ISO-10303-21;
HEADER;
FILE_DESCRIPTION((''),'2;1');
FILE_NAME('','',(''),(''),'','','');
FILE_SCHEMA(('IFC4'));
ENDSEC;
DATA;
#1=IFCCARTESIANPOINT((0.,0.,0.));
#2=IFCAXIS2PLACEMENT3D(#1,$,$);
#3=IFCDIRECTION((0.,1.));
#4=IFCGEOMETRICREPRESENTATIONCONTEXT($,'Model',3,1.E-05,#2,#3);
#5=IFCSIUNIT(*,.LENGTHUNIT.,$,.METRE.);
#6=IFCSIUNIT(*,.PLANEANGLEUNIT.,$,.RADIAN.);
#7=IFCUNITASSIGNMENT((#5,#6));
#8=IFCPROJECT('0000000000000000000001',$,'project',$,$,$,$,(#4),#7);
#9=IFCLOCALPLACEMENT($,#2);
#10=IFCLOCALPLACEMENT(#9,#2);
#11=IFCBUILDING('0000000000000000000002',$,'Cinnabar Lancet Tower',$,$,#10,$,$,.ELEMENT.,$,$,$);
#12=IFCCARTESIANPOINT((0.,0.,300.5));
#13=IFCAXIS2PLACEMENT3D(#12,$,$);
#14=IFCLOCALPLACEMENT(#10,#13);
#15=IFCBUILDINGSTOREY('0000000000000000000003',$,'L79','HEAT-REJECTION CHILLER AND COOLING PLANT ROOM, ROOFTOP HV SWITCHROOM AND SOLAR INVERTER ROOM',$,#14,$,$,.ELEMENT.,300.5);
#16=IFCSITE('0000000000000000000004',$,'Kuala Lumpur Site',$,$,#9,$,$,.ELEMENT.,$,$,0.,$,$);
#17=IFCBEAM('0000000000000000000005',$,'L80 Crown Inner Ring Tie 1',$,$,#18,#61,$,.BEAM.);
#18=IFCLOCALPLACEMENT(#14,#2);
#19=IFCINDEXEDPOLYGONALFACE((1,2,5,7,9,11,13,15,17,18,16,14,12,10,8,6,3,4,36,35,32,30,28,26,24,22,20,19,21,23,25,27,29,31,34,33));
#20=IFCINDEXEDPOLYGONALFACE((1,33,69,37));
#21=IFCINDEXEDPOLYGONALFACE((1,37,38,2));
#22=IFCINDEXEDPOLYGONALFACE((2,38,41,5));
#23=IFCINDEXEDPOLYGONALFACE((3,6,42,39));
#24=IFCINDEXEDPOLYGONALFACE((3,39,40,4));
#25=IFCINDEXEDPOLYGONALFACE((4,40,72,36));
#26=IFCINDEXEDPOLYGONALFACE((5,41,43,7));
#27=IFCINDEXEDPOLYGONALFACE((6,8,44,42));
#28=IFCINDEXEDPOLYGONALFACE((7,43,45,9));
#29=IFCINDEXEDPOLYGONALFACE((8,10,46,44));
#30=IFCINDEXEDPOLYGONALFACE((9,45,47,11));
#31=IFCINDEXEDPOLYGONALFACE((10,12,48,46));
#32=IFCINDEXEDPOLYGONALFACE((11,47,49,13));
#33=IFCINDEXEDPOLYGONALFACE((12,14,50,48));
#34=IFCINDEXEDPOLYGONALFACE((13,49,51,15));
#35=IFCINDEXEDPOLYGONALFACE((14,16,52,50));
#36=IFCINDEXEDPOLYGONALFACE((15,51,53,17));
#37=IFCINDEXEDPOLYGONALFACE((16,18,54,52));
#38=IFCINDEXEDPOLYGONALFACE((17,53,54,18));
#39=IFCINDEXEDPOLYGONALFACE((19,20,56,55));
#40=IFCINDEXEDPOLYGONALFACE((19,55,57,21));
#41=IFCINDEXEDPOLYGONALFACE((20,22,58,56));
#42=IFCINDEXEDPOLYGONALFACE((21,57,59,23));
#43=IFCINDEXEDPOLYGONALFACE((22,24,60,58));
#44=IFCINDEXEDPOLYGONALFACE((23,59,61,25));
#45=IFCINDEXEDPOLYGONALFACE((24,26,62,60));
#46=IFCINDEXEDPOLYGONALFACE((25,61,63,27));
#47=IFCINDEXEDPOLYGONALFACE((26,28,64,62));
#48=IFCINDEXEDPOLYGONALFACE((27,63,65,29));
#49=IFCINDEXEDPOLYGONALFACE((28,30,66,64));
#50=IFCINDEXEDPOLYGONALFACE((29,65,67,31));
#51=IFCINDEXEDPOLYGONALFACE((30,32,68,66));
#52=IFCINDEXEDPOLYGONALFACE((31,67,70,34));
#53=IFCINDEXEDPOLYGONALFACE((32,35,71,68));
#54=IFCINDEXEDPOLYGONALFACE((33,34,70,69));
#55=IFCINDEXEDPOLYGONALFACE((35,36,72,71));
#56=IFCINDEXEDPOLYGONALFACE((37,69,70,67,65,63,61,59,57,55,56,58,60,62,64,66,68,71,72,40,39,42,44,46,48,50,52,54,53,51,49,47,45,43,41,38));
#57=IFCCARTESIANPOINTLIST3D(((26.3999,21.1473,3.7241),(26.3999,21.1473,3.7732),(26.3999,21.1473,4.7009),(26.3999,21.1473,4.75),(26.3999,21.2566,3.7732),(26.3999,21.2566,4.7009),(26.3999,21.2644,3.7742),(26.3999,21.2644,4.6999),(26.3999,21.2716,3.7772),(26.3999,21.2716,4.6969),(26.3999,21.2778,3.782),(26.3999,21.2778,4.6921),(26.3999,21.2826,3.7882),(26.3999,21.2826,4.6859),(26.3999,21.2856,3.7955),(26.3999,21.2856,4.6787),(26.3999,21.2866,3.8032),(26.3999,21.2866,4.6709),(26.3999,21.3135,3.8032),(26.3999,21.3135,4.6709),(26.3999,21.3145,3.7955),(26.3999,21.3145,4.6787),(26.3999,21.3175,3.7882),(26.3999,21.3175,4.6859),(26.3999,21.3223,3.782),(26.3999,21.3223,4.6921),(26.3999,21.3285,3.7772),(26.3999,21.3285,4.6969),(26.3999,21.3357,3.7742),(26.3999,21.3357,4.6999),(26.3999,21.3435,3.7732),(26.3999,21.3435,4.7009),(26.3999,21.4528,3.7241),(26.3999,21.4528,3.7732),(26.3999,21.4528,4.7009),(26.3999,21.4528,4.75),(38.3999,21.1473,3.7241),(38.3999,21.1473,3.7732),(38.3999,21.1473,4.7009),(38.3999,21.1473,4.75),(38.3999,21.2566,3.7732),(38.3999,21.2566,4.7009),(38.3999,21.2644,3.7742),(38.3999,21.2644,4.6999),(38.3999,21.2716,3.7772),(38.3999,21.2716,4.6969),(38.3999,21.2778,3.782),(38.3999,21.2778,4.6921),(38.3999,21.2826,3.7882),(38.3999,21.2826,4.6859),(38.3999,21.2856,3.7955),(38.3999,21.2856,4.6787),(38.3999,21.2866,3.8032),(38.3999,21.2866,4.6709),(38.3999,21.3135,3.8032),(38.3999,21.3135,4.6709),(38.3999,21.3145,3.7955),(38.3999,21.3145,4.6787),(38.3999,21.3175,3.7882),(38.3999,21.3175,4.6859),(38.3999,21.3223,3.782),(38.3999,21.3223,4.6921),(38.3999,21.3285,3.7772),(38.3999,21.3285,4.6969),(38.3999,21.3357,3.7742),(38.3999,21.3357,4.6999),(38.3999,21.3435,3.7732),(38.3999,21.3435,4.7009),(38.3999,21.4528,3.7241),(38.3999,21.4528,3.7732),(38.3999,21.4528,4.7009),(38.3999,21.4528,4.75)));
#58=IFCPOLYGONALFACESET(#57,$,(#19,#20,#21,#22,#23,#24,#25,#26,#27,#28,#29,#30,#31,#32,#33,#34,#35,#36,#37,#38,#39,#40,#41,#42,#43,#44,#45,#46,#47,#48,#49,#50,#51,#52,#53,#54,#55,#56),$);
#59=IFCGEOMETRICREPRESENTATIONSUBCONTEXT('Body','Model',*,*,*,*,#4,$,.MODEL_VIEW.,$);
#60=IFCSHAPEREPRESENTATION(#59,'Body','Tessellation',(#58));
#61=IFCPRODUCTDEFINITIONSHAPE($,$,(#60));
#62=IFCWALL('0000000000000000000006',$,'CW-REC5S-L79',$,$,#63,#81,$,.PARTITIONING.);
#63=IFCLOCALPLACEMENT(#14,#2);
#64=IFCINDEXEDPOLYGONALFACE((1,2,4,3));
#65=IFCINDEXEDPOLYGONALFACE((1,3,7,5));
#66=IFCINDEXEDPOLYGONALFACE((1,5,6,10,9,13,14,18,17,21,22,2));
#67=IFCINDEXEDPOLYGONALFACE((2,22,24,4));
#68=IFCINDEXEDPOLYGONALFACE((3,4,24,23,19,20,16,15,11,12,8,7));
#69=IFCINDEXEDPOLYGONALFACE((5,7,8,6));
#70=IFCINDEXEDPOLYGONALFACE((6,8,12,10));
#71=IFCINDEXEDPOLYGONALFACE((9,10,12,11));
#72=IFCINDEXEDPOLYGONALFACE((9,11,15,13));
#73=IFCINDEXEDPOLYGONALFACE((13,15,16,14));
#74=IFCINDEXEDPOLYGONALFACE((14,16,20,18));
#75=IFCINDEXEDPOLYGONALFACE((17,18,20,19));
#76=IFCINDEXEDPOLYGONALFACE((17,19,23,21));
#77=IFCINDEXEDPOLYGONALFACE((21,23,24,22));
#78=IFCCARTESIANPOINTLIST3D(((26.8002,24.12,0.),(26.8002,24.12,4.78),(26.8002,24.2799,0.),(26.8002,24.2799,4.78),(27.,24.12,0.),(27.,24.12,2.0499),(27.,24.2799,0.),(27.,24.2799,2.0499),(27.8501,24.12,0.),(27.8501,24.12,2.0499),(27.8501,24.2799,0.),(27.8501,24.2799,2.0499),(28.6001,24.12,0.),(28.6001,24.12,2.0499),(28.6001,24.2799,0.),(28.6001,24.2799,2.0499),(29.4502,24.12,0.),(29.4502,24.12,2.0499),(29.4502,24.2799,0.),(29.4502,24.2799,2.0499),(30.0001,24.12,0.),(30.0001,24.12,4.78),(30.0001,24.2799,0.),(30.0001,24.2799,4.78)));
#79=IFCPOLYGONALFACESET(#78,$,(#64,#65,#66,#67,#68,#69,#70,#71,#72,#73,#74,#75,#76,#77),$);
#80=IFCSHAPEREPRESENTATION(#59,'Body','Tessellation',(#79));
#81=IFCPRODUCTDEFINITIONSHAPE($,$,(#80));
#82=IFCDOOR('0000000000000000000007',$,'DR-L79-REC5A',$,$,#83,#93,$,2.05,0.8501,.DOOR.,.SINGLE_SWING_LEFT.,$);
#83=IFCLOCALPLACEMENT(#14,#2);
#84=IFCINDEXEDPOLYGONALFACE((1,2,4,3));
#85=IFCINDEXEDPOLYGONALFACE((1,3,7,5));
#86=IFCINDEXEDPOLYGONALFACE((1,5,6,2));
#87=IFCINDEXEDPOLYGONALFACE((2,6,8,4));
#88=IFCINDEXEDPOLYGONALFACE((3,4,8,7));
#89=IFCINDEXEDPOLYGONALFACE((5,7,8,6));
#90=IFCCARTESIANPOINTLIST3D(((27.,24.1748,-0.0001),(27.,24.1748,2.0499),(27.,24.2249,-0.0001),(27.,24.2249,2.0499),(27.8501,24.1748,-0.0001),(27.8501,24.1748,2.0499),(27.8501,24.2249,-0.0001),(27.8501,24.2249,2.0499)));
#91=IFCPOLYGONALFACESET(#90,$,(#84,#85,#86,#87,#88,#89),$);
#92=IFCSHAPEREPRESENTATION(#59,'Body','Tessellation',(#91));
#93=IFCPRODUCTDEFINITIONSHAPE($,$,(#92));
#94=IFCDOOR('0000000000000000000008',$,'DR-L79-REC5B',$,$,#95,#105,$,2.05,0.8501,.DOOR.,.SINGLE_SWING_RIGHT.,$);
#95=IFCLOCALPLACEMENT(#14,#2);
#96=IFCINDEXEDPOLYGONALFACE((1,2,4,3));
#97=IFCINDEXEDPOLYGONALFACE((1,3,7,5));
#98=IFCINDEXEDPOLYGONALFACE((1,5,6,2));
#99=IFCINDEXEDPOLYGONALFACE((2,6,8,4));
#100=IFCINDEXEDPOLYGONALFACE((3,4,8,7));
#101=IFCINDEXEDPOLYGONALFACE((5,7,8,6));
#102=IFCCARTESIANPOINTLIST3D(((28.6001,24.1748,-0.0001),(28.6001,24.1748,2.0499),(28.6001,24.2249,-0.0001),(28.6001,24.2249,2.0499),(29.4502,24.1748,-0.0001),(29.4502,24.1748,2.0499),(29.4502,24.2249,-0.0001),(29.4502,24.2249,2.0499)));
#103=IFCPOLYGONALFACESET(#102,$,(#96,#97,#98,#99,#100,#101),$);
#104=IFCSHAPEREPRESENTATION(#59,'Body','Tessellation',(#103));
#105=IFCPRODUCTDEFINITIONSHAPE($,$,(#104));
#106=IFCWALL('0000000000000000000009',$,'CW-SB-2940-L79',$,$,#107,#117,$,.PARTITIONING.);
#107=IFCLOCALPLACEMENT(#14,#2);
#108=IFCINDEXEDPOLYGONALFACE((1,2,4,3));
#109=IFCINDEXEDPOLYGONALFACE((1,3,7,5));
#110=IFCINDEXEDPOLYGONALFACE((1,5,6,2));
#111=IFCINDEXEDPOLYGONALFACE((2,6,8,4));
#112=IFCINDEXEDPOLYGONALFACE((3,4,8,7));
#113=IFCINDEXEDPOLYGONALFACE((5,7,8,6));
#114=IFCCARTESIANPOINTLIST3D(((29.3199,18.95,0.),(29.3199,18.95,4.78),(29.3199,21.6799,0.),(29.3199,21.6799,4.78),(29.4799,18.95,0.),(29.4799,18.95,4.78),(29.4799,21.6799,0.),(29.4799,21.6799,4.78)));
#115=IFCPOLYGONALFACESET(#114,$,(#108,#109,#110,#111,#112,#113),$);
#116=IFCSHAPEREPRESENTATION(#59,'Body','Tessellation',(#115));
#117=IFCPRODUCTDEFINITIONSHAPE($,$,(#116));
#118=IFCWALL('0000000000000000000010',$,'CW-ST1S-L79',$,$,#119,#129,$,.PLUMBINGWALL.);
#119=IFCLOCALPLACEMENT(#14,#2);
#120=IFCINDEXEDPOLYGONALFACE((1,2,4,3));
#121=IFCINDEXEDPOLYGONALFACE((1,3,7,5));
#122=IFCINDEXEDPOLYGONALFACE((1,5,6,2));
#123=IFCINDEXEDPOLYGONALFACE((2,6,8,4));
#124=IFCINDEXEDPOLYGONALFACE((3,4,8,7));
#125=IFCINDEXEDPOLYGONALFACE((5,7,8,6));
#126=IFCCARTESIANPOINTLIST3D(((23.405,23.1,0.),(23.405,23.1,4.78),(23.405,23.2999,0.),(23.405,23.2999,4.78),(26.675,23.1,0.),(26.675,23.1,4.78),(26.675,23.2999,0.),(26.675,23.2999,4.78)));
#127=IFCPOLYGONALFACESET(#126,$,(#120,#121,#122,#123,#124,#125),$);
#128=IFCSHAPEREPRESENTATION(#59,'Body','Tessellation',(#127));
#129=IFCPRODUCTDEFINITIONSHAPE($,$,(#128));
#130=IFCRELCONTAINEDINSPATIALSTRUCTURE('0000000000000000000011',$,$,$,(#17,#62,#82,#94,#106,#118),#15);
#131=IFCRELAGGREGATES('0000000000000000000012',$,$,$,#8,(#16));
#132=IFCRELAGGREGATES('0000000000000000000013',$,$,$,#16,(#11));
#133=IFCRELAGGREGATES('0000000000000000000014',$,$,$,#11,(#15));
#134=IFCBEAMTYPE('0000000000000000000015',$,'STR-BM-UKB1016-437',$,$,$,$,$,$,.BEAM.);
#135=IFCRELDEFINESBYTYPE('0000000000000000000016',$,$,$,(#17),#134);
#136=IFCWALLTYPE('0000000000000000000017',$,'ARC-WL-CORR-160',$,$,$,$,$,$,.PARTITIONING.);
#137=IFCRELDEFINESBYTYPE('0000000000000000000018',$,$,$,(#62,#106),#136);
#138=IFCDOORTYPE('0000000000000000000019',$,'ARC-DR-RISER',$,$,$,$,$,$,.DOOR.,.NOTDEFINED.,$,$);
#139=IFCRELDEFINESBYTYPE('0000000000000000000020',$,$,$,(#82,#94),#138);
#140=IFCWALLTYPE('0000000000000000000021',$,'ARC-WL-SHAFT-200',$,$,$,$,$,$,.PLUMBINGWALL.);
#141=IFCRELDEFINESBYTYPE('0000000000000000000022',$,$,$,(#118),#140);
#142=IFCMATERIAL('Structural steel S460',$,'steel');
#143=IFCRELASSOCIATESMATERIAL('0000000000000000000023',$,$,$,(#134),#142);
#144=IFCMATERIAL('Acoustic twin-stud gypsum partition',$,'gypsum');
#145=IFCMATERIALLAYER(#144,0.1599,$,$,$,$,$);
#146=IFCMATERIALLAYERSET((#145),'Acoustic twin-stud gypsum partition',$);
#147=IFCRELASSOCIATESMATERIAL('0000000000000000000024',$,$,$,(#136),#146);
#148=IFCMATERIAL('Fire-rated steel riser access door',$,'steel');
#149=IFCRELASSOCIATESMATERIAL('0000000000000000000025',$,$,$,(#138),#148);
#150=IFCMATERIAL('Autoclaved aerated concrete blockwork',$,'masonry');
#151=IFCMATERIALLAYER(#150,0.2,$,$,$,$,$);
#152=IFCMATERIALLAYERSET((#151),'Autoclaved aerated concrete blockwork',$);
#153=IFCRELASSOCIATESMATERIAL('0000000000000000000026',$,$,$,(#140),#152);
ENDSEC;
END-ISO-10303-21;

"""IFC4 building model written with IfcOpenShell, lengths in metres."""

from ifc_helpers import new_model, si_unit, direction, frame, frame_2d, origin, origin_2d, place, context, subcontext, project, spatial, rectangle, i_section, extrude, material, layer, layer_set, material_profile, profile_set, type_object, element, fill, save


model = new_model("IFC4")

# Units and contexts
model_context = context("Model", 3, precision=1e-05, world=origin(), true_north=direction((0.0, 1.0)))
body_context = subcontext(model_context, "Body", "Model", "MODEL_VIEW")
ifc_project = project(units=[si_unit("LENGTHUNIT", "METRE"), si_unit("PLANEANGLEUNIT", "RADIAN")], contexts=[model_context])

# Site, building, storey
site_placement = place(None, origin())
site = spatial("IfcSite", under=ifc_project, at=site_placement, Name="Kuala Lumpur Site", CompositionType="ELEMENT", RefElevation=0.0)
building_placement = place(site_placement, origin())
building = spatial("IfcBuilding", under=site, at=building_placement, Name="Cinnabar Lancet Tower", CompositionType="ELEMENT")
storey_placement = place(building_placement, frame((0.0, 0.0, 300.5)))
storey = spatial("IfcBuildingStorey", under=building, at=storey_placement, Name="L79", Description="HEAT-REJECTION CHILLER AND COOLING PLANT ROOM, ROOFTOP HV SWITCHROOM AND SOLAR INVERTER ROOM", CompositionType="ELEMENT", Elevation=300.5)

# Beam
ifc_material_1 = material(Name="Structural steel S460", Category="steel")
ifc_material_profile_1 = material_profile(ifc_material_1, i_section(OverallWidth=0.3054, OverallDepth=1.0259, WebThickness=0.0269, FlangeThickness=0.0491, FilletRadius=0.03, at=origin_2d()), Name="UKB 1016x305x437")
ifc_profile_set_1 = profile_set([ifc_material_profile_1], Name="Structural steel S460")
beam_type_1 = type_object("IfcBeamType", Name="STR-BM-UKB1016-437", PredefinedType="BEAM", material=ifc_profile_set_1)
beam_1_placement = place(storey_placement, frame((26.3999, 21.3, 4.2371), z_axis=(1.0, 0.0, 0.0), x_axis=(0.0, 1.0, 0.0)))
element("IfcBeam", 1, at=beam_1_placement, inside=storey, type_object=beam_type_1, Name="L80 Crown Inner Ring Tie 1", PredefinedType="BEAM", context=body_context, shape_type="SweptSolid", body=[
    extrude(i_section(OverallWidth=0.3054, OverallDepth=1.0259, WebThickness=0.0269, FlangeThickness=0.0491, FilletRadius=0.03, at=origin_2d()), origin(), (0.0, 0.0, 1.0), 12.0),
])

# Wall, openings, doors
ifc_material_2 = material(Name="Acoustic twin-stud gypsum partition", Category="gypsum")
ifc_layer_1 = layer(ifc_material_2, 0.1599)
ifc_layer_set_1 = layer_set([ifc_layer_1], Name="Acoustic twin-stud gypsum partition")
wall_type_1 = type_object("IfcWallType", Name="ARC-WL-CORR-160", PredefinedType="PARTITIONING", material=ifc_layer_set_1)
wall_1_placement = place(storey_placement, frame((26.8, 24.2, 0.0), z_axis=(0.0, 0.0, 1.0), x_axis=(1.0, 0.0, 0.0)))
wall_1 = element("IfcWall", 2, at=wall_1_placement, inside=storey, type_object=wall_type_1, Name="CW-REC5S-L79", PredefinedType="PARTITIONING", context=body_context, shape_type="SweptSolid", body=[
    extrude(rectangle(XDim=3.2, YDim=0.1599, at=frame_2d((1.6001, 0.0))), origin(), (0.0, 0.0, 1.0), 4.78),
])
opening_1_placement = place(wall_1_placement, frame((0.2, 0.0, 0.0)))
opening_1 = element("IfcOpeningElement", 3, at=opening_1_placement, cuts=wall_1, PredefinedType="OPENING", context=body_context, shape_type="SweptSolid", body=[
    extrude(rectangle(XDim=0.8501, YDim=2.05, at=frame_2d((0.425, 1.0249))), frame((0.0, 0.0898, 0.0), z_axis=(0.0, -1.0, 0.0), x_axis=(1.0, 0.0, 0.0)), (0.0, 0.0, 1.0), 0.1799),
])
opening_2_placement = place(wall_1_placement, frame((1.8, 0.0, 0.0)))
opening_2 = element("IfcOpeningElement", 4, at=opening_2_placement, cuts=wall_1, PredefinedType="OPENING", context=body_context, shape_type="SweptSolid", body=[
    extrude(rectangle(XDim=0.8501, YDim=2.05, at=frame_2d((0.425, 1.0249))), frame((0.0, 0.0898, 0.0), z_axis=(0.0, -1.0, 0.0), x_axis=(1.0, 0.0, 0.0)), (0.0, 0.0, 1.0), 0.1799),
])
ifc_material_3 = material(Name="Fire-rated steel riser access door", Category="steel")
door_type_1 = type_object("IfcDoorType", Name="ARC-DR-RISER", OperationType="NOTDEFINED", PredefinedType="DOOR", material=ifc_material_3)
door_1_placement = place(opening_1_placement, origin())
door_1 = element("IfcDoor", 5, at=door_1_placement, inside=storey, type_object=door_type_1, Name="DR-L79-REC5A", OperationType="SINGLE_SWING_LEFT", OverallHeight=2.05, OverallWidth=0.8501, PredefinedType="DOOR", context=body_context, shape_type="SweptSolid", body=[
    extrude(rectangle(XDim=0.8501, YDim=2.05, at=frame_2d((0.425, 1.0249))), frame((0.0, 0.0249, 0.0), z_axis=(0.0, -1.0, 0.0), x_axis=(1.0, 0.0, 0.0)), (0.0, 0.0, 1.0), 0.05),
])
fill(opening_1, door_1)
door_2_placement = place(opening_2_placement, origin())
door_2 = element("IfcDoor", 6, at=door_2_placement, inside=storey, type_object=door_type_1, Name="DR-L79-REC5B", OperationType="SINGLE_SWING_RIGHT", OverallHeight=2.05, OverallWidth=0.8501, PredefinedType="DOOR", context=body_context, shape_type="SweptSolid", body=[
    extrude(rectangle(XDim=0.8501, YDim=2.05, at=frame_2d((0.425, 1.0249))), frame((0.0, 0.0249, 0.0), z_axis=(0.0, -1.0, 0.0), x_axis=(1.0, 0.0, 0.0)), (0.0, 0.0, 1.0), 0.05),
])
fill(opening_2, door_2)

# Walls
wall_2_placement = place(storey_placement, frame((29.3999, 18.95, 0.0), z_axis=(0.0, 0.0, 1.0), x_axis=(0.0, 1.0, 0.0)))
element("IfcWall", 7, at=wall_2_placement, inside=storey, type_object=wall_type_1, Name="CW-SB-2940-L79", PredefinedType="PARTITIONING", context=body_context, shape_type="SweptSolid", body=[
    extrude(rectangle(XDim=2.73, YDim=0.1599, at=frame_2d((1.365, 0.0))), origin(), (0.0, 0.0, 1.0), 4.78),
])
ifc_material_4 = material(Name="Autoclaved aerated concrete blockwork", Category="masonry")
ifc_layer_2 = layer(ifc_material_4, 0.2)
ifc_layer_set_2 = layer_set([ifc_layer_2], Name="Autoclaved aerated concrete blockwork")
wall_type_2 = type_object("IfcWallType", Name="ARC-WL-SHAFT-200", PredefinedType="PLUMBINGWALL", material=ifc_layer_set_2)
wall_3_placement = place(storey_placement, frame((23.405, 23.2, 0.0), z_axis=(0.0, 0.0, 1.0), x_axis=(1.0, 0.0, 0.0)))
element("IfcWall", 8, at=wall_3_placement, inside=storey, type_object=wall_type_2, Name="CW-ST1S-L79", PredefinedType="PLUMBINGWALL", context=body_context, shape_type="SweptSolid", body=[
    extrude(rectangle(XDim=3.27, YDim=0.2, at=frame_2d((1.635, 0.0))), origin(), (0.0, 0.0, 1.0), 4.78),
])

save(model, "model.ifc")
